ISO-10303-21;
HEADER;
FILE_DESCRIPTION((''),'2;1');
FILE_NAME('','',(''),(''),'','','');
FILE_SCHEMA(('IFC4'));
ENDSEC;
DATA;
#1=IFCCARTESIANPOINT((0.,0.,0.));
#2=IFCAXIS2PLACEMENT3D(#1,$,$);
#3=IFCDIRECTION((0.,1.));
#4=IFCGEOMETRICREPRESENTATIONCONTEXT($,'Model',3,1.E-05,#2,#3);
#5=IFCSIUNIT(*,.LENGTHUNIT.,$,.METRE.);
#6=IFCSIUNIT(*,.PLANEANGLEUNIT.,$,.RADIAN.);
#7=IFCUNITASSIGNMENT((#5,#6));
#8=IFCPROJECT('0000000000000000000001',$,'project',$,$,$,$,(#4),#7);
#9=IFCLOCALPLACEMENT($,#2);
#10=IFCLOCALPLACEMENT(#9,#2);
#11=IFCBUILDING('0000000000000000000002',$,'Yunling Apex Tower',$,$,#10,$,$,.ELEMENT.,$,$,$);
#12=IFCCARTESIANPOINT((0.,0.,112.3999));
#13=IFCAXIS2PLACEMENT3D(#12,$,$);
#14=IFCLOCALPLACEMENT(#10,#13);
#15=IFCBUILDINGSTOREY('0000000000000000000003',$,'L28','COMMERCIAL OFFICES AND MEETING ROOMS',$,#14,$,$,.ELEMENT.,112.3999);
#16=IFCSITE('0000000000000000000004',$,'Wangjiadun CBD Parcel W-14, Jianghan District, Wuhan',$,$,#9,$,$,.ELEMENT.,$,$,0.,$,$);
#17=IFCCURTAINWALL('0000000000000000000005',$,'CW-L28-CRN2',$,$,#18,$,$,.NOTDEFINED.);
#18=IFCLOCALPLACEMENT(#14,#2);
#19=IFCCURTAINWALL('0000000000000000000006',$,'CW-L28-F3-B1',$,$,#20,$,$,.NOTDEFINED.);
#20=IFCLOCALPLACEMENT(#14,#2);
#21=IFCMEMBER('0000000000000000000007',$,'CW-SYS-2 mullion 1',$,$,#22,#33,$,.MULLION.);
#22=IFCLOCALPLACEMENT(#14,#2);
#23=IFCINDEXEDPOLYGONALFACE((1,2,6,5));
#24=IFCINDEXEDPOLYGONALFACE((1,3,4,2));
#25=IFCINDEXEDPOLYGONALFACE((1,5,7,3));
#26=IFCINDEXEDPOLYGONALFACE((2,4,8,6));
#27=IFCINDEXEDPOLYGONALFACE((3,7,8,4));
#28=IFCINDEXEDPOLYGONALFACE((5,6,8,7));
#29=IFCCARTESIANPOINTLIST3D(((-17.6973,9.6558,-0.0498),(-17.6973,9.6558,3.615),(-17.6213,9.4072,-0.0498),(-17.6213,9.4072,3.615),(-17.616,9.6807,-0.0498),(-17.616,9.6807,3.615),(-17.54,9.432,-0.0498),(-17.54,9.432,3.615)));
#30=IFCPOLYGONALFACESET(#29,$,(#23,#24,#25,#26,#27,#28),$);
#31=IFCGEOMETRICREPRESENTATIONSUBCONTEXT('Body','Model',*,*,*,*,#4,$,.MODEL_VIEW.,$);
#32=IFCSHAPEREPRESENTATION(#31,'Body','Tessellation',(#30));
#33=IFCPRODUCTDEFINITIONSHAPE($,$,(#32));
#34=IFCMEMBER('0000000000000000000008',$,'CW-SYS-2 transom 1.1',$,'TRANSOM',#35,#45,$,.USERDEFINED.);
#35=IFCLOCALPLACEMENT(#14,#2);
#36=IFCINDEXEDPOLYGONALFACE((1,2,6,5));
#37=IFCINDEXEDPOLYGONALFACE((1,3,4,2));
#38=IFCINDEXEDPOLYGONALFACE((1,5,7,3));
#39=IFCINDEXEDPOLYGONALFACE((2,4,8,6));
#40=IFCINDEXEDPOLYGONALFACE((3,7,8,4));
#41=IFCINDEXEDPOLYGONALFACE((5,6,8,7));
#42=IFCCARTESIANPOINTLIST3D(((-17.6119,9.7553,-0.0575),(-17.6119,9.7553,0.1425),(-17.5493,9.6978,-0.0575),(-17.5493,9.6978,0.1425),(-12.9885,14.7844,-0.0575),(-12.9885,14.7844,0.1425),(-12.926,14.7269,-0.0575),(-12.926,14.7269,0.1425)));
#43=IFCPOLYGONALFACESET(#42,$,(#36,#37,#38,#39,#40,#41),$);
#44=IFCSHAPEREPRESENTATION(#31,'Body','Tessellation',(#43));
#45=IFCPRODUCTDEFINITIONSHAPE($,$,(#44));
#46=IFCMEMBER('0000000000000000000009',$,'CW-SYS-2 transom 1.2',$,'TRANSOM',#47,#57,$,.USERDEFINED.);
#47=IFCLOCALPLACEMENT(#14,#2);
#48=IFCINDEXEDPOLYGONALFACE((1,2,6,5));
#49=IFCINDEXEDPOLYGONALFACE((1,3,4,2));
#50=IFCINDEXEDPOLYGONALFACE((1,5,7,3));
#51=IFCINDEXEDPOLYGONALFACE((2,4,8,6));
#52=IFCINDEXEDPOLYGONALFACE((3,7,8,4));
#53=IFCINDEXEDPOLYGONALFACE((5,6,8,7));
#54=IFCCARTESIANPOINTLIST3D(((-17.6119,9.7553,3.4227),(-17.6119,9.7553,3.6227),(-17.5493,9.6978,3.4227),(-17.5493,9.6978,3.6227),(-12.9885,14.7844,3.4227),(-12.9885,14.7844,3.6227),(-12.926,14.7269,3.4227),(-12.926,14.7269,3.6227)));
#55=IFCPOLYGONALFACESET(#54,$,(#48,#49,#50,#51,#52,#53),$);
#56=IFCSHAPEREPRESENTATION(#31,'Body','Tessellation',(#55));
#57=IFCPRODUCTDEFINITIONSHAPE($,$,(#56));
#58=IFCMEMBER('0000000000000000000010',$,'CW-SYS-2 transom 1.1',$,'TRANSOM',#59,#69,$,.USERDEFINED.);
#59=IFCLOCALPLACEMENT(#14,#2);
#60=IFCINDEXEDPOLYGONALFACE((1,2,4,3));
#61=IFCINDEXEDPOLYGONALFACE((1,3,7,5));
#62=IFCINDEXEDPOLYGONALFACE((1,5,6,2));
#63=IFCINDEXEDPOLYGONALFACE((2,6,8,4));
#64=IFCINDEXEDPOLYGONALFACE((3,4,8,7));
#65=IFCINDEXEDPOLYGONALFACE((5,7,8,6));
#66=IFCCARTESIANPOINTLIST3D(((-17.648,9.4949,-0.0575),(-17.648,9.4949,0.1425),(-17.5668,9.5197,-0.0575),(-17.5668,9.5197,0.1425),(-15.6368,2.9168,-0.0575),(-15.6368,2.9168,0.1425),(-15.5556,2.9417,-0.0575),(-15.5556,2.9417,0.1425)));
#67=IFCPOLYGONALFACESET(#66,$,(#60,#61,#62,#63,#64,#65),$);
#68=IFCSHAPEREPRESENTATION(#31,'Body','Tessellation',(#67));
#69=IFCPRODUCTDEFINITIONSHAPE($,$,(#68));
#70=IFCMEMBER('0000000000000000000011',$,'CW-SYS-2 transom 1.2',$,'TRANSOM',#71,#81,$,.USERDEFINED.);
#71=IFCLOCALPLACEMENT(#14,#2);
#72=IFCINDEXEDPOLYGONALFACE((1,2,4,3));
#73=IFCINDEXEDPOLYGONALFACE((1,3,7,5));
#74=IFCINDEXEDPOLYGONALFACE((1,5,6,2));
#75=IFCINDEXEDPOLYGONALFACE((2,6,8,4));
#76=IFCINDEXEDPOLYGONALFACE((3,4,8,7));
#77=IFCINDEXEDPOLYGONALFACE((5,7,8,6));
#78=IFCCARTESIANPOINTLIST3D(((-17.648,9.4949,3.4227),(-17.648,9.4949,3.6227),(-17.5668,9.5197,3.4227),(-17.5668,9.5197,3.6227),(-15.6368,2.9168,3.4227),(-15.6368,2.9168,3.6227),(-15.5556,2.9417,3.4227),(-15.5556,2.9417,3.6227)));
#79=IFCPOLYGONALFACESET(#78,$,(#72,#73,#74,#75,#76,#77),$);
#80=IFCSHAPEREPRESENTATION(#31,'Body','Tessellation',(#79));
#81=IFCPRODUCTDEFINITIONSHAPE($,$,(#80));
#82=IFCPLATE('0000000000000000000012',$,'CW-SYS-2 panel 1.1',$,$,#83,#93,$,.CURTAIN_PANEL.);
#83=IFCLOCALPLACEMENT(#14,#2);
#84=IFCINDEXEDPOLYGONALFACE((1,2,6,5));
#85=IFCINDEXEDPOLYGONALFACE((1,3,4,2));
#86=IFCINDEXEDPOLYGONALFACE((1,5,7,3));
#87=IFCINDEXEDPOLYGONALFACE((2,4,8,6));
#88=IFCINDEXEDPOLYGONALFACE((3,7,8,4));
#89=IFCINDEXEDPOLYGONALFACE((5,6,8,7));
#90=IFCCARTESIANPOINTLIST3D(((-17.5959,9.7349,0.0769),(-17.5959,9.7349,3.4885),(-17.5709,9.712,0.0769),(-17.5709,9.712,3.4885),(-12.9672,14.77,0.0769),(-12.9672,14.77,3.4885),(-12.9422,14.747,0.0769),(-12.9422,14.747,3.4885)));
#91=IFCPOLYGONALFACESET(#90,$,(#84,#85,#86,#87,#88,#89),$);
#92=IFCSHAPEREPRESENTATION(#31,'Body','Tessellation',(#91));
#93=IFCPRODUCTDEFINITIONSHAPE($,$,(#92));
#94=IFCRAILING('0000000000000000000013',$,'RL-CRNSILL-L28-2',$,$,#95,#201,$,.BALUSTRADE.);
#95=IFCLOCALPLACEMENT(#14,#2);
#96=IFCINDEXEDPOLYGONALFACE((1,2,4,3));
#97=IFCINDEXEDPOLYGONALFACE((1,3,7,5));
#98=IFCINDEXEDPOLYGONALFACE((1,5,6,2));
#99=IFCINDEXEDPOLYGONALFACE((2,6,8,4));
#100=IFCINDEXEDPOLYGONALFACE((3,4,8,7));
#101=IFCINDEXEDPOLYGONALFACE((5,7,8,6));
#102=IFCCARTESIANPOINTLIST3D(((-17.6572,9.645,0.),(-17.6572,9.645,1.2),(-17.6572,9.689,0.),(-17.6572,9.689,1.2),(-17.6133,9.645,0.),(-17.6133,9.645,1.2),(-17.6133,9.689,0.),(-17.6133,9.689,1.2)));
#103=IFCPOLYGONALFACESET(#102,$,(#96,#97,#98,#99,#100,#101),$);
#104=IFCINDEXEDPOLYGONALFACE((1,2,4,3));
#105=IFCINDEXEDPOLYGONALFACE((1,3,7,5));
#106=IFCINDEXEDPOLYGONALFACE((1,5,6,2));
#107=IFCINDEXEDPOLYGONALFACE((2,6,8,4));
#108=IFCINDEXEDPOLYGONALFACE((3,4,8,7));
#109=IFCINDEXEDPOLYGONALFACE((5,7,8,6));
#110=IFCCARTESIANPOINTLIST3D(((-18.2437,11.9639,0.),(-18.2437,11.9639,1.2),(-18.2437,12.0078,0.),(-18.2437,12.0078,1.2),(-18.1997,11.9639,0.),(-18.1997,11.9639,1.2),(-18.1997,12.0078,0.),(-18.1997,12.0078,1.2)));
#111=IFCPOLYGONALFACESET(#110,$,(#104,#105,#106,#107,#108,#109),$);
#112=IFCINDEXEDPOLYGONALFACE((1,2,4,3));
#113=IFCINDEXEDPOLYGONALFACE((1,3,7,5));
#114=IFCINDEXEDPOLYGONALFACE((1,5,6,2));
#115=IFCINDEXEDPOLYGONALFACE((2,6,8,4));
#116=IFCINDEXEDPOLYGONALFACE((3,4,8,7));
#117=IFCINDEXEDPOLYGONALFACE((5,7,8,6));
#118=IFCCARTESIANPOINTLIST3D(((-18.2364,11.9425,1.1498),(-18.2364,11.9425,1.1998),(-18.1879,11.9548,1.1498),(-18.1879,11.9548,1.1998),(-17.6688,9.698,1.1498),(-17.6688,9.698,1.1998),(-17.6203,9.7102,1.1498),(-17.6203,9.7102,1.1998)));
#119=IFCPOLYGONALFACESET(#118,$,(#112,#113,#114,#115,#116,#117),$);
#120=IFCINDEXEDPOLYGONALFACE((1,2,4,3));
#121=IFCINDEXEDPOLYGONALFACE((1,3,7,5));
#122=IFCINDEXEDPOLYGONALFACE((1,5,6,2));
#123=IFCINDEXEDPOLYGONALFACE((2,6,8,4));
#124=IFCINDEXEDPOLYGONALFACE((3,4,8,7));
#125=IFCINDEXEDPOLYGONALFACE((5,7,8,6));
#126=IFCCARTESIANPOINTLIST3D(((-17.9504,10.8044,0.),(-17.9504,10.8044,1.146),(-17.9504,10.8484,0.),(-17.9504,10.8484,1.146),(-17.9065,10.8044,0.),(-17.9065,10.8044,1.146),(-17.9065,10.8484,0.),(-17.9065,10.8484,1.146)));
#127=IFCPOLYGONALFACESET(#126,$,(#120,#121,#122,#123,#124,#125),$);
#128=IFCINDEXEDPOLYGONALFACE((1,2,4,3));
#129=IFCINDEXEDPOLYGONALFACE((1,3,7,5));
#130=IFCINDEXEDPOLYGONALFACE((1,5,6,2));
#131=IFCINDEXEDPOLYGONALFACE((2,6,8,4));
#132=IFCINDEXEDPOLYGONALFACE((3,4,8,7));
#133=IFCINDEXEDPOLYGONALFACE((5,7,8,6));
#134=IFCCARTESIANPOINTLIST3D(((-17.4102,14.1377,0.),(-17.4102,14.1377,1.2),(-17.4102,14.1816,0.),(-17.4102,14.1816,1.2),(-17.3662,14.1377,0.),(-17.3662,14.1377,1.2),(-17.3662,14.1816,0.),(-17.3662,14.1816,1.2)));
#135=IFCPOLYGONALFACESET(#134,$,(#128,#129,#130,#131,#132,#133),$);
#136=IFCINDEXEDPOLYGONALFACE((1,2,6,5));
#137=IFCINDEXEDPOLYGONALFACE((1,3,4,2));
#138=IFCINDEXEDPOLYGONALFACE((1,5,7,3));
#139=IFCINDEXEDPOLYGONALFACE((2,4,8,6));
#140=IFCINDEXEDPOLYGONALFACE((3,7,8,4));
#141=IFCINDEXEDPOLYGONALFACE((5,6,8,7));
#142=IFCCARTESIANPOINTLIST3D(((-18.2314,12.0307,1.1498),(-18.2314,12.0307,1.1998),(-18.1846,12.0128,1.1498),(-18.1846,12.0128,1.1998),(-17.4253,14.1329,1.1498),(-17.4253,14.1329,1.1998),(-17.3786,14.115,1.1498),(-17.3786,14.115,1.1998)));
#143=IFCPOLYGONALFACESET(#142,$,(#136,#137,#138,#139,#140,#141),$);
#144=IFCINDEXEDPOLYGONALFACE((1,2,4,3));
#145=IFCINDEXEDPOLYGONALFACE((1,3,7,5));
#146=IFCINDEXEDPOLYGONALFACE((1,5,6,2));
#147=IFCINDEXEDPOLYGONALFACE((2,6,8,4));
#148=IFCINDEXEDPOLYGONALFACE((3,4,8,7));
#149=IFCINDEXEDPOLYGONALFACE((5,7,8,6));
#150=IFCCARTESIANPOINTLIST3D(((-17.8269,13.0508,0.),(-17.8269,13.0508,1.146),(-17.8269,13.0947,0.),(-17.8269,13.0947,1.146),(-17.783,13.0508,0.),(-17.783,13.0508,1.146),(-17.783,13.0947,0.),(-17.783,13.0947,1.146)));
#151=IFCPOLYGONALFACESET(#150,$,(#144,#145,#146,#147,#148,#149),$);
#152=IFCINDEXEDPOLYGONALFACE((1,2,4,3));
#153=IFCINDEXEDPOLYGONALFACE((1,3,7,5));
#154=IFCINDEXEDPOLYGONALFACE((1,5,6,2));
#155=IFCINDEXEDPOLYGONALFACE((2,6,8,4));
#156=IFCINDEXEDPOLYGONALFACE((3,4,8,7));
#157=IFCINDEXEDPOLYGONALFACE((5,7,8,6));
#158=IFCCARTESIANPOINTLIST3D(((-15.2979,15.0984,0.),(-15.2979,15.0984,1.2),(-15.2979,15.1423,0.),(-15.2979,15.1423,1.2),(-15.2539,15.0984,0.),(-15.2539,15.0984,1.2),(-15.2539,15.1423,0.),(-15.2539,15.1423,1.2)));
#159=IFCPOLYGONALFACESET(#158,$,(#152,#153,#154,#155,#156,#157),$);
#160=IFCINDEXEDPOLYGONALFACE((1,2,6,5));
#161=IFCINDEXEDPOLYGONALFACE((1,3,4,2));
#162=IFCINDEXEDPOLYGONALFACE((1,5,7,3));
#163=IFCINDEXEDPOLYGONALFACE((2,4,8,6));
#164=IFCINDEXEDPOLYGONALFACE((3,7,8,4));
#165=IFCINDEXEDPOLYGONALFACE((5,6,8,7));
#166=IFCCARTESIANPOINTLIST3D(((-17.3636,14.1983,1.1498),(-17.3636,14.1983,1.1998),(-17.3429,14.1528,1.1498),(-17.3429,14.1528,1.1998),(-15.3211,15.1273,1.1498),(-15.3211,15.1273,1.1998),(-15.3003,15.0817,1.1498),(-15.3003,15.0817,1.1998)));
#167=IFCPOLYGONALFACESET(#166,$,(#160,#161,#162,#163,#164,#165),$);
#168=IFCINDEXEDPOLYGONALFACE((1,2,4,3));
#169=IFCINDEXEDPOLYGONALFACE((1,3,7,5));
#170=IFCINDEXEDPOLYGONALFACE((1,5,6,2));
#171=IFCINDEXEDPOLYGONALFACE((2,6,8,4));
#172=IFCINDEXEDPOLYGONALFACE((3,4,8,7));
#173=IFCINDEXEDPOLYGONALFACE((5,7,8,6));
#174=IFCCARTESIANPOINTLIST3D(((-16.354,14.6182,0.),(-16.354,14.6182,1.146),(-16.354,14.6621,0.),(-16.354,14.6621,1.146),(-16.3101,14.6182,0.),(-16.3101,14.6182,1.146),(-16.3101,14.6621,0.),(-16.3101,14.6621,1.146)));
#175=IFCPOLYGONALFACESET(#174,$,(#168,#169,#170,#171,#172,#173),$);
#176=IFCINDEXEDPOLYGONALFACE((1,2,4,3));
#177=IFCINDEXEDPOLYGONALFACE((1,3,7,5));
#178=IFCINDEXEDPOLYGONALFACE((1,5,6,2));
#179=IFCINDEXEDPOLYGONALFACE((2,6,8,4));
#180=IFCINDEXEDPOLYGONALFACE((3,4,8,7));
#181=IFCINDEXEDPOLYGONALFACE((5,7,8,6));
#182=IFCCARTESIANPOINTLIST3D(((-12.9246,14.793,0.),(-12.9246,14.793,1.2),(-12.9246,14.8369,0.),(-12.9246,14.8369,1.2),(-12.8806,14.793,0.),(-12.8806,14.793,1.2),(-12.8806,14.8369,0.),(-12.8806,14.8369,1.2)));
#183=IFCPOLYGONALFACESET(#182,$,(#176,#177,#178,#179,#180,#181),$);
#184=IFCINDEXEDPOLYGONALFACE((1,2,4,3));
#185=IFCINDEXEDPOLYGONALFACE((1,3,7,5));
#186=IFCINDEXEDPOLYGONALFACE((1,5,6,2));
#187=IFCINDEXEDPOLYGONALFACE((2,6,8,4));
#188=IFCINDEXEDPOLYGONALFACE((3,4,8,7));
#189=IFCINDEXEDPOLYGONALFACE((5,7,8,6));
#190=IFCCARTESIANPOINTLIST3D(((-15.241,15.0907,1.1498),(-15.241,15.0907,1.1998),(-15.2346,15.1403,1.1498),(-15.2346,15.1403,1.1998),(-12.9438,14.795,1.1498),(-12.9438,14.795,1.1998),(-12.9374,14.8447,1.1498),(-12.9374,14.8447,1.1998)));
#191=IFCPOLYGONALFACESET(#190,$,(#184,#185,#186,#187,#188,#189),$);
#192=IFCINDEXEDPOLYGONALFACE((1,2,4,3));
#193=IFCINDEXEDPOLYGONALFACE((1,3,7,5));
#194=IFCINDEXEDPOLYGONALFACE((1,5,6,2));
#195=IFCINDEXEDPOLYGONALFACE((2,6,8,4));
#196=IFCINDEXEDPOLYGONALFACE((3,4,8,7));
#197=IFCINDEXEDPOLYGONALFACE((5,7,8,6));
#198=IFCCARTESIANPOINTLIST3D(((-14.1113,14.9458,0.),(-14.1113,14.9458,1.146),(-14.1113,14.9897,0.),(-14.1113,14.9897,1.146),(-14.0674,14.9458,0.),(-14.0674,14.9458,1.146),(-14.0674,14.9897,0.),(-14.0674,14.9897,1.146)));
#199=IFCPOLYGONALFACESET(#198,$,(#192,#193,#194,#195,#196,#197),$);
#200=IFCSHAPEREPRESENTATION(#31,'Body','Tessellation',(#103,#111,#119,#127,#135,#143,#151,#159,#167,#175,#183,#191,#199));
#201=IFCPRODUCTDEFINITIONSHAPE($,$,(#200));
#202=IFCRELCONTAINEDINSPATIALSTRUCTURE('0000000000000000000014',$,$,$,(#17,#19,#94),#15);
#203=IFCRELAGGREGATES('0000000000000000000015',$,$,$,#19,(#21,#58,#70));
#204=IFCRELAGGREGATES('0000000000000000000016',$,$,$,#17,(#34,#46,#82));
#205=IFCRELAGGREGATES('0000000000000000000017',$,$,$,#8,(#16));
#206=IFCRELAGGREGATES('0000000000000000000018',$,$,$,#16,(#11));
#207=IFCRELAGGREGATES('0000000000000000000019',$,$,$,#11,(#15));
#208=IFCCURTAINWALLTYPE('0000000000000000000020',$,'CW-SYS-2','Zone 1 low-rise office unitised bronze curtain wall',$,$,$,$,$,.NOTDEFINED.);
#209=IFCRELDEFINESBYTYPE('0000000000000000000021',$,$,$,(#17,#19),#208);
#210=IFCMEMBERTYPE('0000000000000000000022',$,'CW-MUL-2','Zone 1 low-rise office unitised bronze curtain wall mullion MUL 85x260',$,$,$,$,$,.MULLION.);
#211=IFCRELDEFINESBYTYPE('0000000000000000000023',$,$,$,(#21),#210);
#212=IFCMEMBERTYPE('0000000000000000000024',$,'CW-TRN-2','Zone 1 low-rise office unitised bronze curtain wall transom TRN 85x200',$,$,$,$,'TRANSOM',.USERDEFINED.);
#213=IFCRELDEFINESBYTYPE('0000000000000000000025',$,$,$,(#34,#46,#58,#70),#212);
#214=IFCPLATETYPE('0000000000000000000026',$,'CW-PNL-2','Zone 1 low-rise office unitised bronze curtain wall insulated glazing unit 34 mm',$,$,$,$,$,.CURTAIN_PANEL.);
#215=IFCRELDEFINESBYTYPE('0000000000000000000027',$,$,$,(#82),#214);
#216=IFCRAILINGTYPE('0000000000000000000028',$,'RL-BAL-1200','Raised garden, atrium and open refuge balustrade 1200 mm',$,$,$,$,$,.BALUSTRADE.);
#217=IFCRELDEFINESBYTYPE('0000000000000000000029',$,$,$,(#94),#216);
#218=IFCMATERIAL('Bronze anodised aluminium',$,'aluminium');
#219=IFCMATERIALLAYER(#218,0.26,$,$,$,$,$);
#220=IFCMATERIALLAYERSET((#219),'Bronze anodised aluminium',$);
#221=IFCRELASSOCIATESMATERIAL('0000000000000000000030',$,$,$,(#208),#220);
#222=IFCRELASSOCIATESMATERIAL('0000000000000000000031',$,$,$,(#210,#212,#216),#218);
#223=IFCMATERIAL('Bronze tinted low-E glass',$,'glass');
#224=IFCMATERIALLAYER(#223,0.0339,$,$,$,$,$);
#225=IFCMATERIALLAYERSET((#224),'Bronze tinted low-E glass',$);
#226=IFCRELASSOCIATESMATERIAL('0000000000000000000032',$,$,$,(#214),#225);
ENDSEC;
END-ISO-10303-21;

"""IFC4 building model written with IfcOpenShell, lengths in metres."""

from ifc_helpers import new_model, si_unit, direction, frame, origin, origin_2d, place, context, subcontext, project, spatial, rectangle, extrude, source, transform, mapped, material, layer, layer_set, material_profile, profile_set, type_object, element, aggregate, save


model = new_model("IFC4")

# Units and contexts
model_context = context("Model", 3, precision=1e-05, world=origin(), true_north=direction((0.0, 1.0)))
body_context = subcontext(model_context, "Body", "Model", "MODEL_VIEW")
ifc_project = project(units=[si_unit("LENGTHUNIT", "METRE"), si_unit("PLANEANGLEUNIT", "RADIAN")], contexts=[model_context])

# Site, building, storey
site_placement = place(None, origin())
site = spatial("IfcSite", under=ifc_project, at=site_placement, Name="Wangjiadun CBD Parcel W-14, Jianghan District, Wuhan", CompositionType="ELEMENT", RefElevation=0.0)
building_placement = place(site_placement, origin())
building = spatial("IfcBuilding", under=site, at=building_placement, Name="Yunling Apex Tower", CompositionType="ELEMENT")
storey_placement = place(building_placement, frame((0.0, 0.0, 112.3999)))
storey = spatial("IfcBuildingStorey", under=building, at=storey_placement, Name="L28", Description="COMMERCIAL OFFICES AND MEETING ROOMS", CompositionType="ELEMENT", Elevation=112.3999)

# Shared definitions
ifc_material_1 = material(Name="Bronze anodised aluminium", Category="aluminium")
ifc_layer_1 = layer(ifc_material_1, 0.26)
ifc_layer_set_1 = layer_set([ifc_layer_1], Name="Bronze anodised aluminium")
curtain_wall_type = type_object("IfcCurtainWallType", Name="CW-SYS-2", Description="Zone 1 low-rise office unitised bronze curtain wall", PredefinedType="NOTDEFINED", material=ifc_layer_set_1)
ifc_material_profile_1 = material_profile(ifc_material_1, rectangle(XDim=0.085, YDim=0.26, at=origin_2d()))
ifc_profile_set_1 = profile_set([ifc_material_profile_1], Name="Bronze anodised aluminium")
member_type_1 = type_object("IfcMemberType", Name="CW-MUL-2", Description="Zone 1 low-rise office unitised bronze curtain wall mullion MUL 85x260", PredefinedType="MULLION", material=ifc_profile_set_1)
shared_shape_1 = source(origin(), body_context, "Body", "SweptSolid", [
    extrude(rectangle(XDim=0.085, YDim=0.26, at=origin_2d()), origin(), (0.0, 0.0, 1.0), 3.6648),
])

# Curtain wall
curtain_wall_1_placement = place(storey_placement, origin())
curtain_wall_1 = element("IfcCurtainWall", 1, at=curtain_wall_1_placement, inside=storey, type_object=curtain_wall_type, Name="CW-L28-CRN2", PredefinedType="NOTDEFINED")

# Curtain wall, member
curtain_wall_2_placement = place(storey_placement, origin())
curtain_wall_2 = element("IfcCurtainWall", 2, at=curtain_wall_2_placement, inside=storey, type_object=curtain_wall_type, Name="CW-L28-F3-B1", PredefinedType="NOTDEFINED")
member_1_placement = place(storey_placement, frame((-17.6187, 9.5439, -0.0498), z_axis=(0.0, 0.0, 1.0), x_axis=(0.956304, 0.292373, 0.0)))
member_1 = element("IfcMember", 3, at=member_1_placement, type_object=member_type_1, Name="CW-SYS-2 mullion 1", PredefinedType="MULLION", context=body_context, shape_type="MappedRepresentation", body=[
    mapped(shared_shape_1, transform((0.0, 0.0, 0.0), scale=1.0)),
])

# Members
ifc_material_profile_2 = material_profile(ifc_material_1, rectangle(XDim=0.085, YDim=0.2, at=origin_2d()))
ifc_profile_set_2 = profile_set([ifc_material_profile_2], Name="Bronze anodised aluminium")
member_type_2 = type_object("IfcMemberType", Name="CW-TRN-2", Description="Zone 1 low-rise office unitised bronze curtain wall transom TRN 85x200", ElementType="TRANSOM", PredefinedType="USERDEFINED", material=ifc_profile_set_2)
shared_shape_2 = source(origin(), body_context, "Body", "SweptSolid", [
    extrude(rectangle(XDim=0.085, YDim=0.2, at=origin_2d()), origin(), (0.0, 0.0, 1.0), 6.8313),
])
member_2_placement = place(storey_placement, frame((-12.9573, 14.7556, 0.0425), z_axis=(-0.676784, -0.736182, 0.0), x_axis=(0.736182, -0.676784, 0.0)))
member_2 = element("IfcMember", 4, at=member_2_placement, type_object=member_type_2, Name="CW-SYS-2 transom 1.1", ObjectType="TRANSOM", PredefinedType="USERDEFINED", context=body_context, shape_type="MappedRepresentation", body=[
    mapped(shared_shape_2, transform((0.0, 0.0, 0.0), scale=1.0)),
])
member_3_placement = place(storey_placement, frame((-12.9573, 14.7556, 3.5227), z_axis=(-0.676784, -0.736182, 0.0), x_axis=(0.736182, -0.676784, 0.0)))
member_3 = element("IfcMember", 5, at=member_3_placement, type_object=member_type_2, Name="CW-SYS-2 transom 1.2", ObjectType="TRANSOM", PredefinedType="USERDEFINED", context=body_context, shape_type="MappedRepresentation", body=[
    mapped(shared_shape_2, transform((0.0, 0.0, 0.0), scale=1.0)),
])
shared_shape_3 = source(origin(), body_context, "Body", "SweptSolid", [
    extrude(rectangle(XDim=0.085, YDim=0.2, at=origin_2d()), origin(), (0.0, 0.0, 1.0), 6.8787),
])
member_4_placement = place(storey_placement, frame((-17.6074, 9.5073, 0.0425), z_axis=(0.292384, -0.956301, 0.0), x_axis=(0.956301, 0.292384, 0.0)))
member_4 = element("IfcMember", 6, at=member_4_placement, type_object=member_type_2, Name="CW-SYS-2 transom 1.1", ObjectType="TRANSOM", PredefinedType="USERDEFINED", context=body_context, shape_type="MappedRepresentation", body=[
    mapped(shared_shape_3, transform((0.0, 0.0, 0.0), scale=1.0)),
])
member_5_placement = place(storey_placement, frame((-17.6074, 9.5073, 3.5227), z_axis=(0.292384, -0.956301, 0.0), x_axis=(0.956301, 0.292384, 0.0)))
member_5 = element("IfcMember", 7, at=member_5_placement, type_object=member_type_2, Name="CW-SYS-2 transom 1.2", ObjectType="TRANSOM", PredefinedType="USERDEFINED", context=body_context, shape_type="MappedRepresentation", body=[
    mapped(shared_shape_3, transform((0.0, 0.0, 0.0), scale=1.0)),
])
aggregate(curtain_wall_2, [member_1, member_4, member_5])

# Plate
ifc_material_2 = material(Name="Bronze tinted low-E glass", Category="glass")
ifc_layer_2 = layer(ifc_material_2, 0.0339)
ifc_layer_set_2 = layer_set([ifc_layer_2], Name="Bronze tinted low-E glass")
plate_type = type_object("IfcPlateType", Name="CW-PNL-2", Description="Zone 1 low-rise office unitised bronze curtain wall insulated glazing unit 34 mm", PredefinedType="CURTAIN_PANEL", material=ifc_layer_set_2)
shared_shape_4 = source(origin(), body_context, "Body", "SweptSolid", [
    extrude(rectangle(XDim=6.8394, YDim=0.0339, at=origin_2d()), origin(), (0.0, 0.0, 1.0), 3.4116),
])
plate_placement = place(storey_placement, frame((-15.269, 12.241, 0.0769), z_axis=(0.0, 0.0, 1.0), x_axis=(-0.676781, -0.736185, 0.0)))
plate = element("IfcPlate", 8, at=plate_placement, type_object=plate_type, Name="CW-SYS-2 panel 1.1", PredefinedType="CURTAIN_PANEL", context=body_context, shape_type="MappedRepresentation", body=[
    mapped(shared_shape_4, transform((0.0, 0.0, 0.0), scale=1.0)),
])
aggregate(curtain_wall_1, [member_2, member_3, plate])

# Railing
railing_type = type_object("IfcRailingType", Name="RL-BAL-1200", Description="Raised garden, atrium and open refuge balustrade 1200 mm", PredefinedType="BALUSTRADE", material=ifc_material_1)
railing_placement = place(storey_placement, frame((-17.6353, 9.667, 0.0)))
element("IfcRailing", 9, at=railing_placement, inside=storey, type_object=railing_type, Name="RL-CRNSILL-L28-2", PredefinedType="BALUSTRADE", context=body_context, shape_type="SweptSolid", body=[
    extrude(rectangle(XDim=0.0439, YDim=0.0439, at=origin_2d()), origin(), (0.0, 0.0, 1.0), 1.2),
    extrude(rectangle(XDim=0.0439, YDim=0.0439, at=origin_2d()), frame((-0.5864, 2.3188, 0.0)), (0.0, 0.0, 1.0), 1.2),
    extrude(rectangle(XDim=0.05, YDim=0.05, at=origin_2d()), frame((-0.0093, 0.0371, 1.1748), z_axis=(-0.245177, 0.969478, 0.0), x_axis=(-0.969478, -0.245177, 0.0)), (0.0, 0.0, 1.0), 2.3152),
    extrude(rectangle(XDim=0.0439, YDim=0.0439, at=origin_2d()), frame((-0.2932, 1.1594, 0.0)), (0.0, 0.0, 1.0), 1.146),
    extrude(rectangle(XDim=0.0439, YDim=0.0439, at=origin_2d()), frame((0.2471, 4.4927, 0.0)), (0.0, 0.0, 1.0), 1.2),
    extrude(rectangle(XDim=0.05, YDim=0.05, at=origin_2d()), frame((-0.5728, 2.3547, 1.1748), z_axis=(0.358009, 0.933718, 0.0), x_axis=(-0.933718, 0.358009, 0.0)), (0.0, 0.0, 1.0), 2.2515),
    extrude(rectangle(XDim=0.0439, YDim=0.0439, at=origin_2d()), frame((-0.1697, 3.4058, 0.0)), (0.0, 0.0, 1.0), 1.146),
    extrude(rectangle(XDim=0.0439, YDim=0.0439, at=origin_2d()), frame((2.3594, 5.4534, 0.0)), (0.0, 0.0, 1.0), 1.2),
    extrude(rectangle(XDim=0.05, YDim=0.05, at=origin_2d()), frame((0.282, 4.5085, 1.1748), z_axis=(0.910276, 0.414001, 0.0), x_axis=(-0.414001, 0.910276, 0.0)), (0.0, 0.0, 1.0), 2.2439),
    extrude(rectangle(XDim=0.0439, YDim=0.0439, at=origin_2d()), frame((1.3032, 4.9731, 0.0)), (0.0, 0.0, 1.0), 1.146),
    extrude(rectangle(XDim=0.0439, YDim=0.0439, at=origin_2d()), frame((4.7327, 5.1479, 0.0)), (0.0, 0.0, 1.0), 1.2),
    extrude(rectangle(XDim=0.05, YDim=0.05, at=origin_2d()), frame((2.3975, 5.4485, 1.1748), z_axis=(0.991821, -0.127638, 0.0), x_axis=(0.127638, 0.991821, 0.0)), (0.0, 0.0, 1.0), 2.3162),
    extrude(rectangle(XDim=0.0439, YDim=0.0439, at=origin_2d()), frame((3.5459, 5.3008, 0.0)), (0.0, 0.0, 1.0), 1.146),
])

save(model, "model.ifc")
